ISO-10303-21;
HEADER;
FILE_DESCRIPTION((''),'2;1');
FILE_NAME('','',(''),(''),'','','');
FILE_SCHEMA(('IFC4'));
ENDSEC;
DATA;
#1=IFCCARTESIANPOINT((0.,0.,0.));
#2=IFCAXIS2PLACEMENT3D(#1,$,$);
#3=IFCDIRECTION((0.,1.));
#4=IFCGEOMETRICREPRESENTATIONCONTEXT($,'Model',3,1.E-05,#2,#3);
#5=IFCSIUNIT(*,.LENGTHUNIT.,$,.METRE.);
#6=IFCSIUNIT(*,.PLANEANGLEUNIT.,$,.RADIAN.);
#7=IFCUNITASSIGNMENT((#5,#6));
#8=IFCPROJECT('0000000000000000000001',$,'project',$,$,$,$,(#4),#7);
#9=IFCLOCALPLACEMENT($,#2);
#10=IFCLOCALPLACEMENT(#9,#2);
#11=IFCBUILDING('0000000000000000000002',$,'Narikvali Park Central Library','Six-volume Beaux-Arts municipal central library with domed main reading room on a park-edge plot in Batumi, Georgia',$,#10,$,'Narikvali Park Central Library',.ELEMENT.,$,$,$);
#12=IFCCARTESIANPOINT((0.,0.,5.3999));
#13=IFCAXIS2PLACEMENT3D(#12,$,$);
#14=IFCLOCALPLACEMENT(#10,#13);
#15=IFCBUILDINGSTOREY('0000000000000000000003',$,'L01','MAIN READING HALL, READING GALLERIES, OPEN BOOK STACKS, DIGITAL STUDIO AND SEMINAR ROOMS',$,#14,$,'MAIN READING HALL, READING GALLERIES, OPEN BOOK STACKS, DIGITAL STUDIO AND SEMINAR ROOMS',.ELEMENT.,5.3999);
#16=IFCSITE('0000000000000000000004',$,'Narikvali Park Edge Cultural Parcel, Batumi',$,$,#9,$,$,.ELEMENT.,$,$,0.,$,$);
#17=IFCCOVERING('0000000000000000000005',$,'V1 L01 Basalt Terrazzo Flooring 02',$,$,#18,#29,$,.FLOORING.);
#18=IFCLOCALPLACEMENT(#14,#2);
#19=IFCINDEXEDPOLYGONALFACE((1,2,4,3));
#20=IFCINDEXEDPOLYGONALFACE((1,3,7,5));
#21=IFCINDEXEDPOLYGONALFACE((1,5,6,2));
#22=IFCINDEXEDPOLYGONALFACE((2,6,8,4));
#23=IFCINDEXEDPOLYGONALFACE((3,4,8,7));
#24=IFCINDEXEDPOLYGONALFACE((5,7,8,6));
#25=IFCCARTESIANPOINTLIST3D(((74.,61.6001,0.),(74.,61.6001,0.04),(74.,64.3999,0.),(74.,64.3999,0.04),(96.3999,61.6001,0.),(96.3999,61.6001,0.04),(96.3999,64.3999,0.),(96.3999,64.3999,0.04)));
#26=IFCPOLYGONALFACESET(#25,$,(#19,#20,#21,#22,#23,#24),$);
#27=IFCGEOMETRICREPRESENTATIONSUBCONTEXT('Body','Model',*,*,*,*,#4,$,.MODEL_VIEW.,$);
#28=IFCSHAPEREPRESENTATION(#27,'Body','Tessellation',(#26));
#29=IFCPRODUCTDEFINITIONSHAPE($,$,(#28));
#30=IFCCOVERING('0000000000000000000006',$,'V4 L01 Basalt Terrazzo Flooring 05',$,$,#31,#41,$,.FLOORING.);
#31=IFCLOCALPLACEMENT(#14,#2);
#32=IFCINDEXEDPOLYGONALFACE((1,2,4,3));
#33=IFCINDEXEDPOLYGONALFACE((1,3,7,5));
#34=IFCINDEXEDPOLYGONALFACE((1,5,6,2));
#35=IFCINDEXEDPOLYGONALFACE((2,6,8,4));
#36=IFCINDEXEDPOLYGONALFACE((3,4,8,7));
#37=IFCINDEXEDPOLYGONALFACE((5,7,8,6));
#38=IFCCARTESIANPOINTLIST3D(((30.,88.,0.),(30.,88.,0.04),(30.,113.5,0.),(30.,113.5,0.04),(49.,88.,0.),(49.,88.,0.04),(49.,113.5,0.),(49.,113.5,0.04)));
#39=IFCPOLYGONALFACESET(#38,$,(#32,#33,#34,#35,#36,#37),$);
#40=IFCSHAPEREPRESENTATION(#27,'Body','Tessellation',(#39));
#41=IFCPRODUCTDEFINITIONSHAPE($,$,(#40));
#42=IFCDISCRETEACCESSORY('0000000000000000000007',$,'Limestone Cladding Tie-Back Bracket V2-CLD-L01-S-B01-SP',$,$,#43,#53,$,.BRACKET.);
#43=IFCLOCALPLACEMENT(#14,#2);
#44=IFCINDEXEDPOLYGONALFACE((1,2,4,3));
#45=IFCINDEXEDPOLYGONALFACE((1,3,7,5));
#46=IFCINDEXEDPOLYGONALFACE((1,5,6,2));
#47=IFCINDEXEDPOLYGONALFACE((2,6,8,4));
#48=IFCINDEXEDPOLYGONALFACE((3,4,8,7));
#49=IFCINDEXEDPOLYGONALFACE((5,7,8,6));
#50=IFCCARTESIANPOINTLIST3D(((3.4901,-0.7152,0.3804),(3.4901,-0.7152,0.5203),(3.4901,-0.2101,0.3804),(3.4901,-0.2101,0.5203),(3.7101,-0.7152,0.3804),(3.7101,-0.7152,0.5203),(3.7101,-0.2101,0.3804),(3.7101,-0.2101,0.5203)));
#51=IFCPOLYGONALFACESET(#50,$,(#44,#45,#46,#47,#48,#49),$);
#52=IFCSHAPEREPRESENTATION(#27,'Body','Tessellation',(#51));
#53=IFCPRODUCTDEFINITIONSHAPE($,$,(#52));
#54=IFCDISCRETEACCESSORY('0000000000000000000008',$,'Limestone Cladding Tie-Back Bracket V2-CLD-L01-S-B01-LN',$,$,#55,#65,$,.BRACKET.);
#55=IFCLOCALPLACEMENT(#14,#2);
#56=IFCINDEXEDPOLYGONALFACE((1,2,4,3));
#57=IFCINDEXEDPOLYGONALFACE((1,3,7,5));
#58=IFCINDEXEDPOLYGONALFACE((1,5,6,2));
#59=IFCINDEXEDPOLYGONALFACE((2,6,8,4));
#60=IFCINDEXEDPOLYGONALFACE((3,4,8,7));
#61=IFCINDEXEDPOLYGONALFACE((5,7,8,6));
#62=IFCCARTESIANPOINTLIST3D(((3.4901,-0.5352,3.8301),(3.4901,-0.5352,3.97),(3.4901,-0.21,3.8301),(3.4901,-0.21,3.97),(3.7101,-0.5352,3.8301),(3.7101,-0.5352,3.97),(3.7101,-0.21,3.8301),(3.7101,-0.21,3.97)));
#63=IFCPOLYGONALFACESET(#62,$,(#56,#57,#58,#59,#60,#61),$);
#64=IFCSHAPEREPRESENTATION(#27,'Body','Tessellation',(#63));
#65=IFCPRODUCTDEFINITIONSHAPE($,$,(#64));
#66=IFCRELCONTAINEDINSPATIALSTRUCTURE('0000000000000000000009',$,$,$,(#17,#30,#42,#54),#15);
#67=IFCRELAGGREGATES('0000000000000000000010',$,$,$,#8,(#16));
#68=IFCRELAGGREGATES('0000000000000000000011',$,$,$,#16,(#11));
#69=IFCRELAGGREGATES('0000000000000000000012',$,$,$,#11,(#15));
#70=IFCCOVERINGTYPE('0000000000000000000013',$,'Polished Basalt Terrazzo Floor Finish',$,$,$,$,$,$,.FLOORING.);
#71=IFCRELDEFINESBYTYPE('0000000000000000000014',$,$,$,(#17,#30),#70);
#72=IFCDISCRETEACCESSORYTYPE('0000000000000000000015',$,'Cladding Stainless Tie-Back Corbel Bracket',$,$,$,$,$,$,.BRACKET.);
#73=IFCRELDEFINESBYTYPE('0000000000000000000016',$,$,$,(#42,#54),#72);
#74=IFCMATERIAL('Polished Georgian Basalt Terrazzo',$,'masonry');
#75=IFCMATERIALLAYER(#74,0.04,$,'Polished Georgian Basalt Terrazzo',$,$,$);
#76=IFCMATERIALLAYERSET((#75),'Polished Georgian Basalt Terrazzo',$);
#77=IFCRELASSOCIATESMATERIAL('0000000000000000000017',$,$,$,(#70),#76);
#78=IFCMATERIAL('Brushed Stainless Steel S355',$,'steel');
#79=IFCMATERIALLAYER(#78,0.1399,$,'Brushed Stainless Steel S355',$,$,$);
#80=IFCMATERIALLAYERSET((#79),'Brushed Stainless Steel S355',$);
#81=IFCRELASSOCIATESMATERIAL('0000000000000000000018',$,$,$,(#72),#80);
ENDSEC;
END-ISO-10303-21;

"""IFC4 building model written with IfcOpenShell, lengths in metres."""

from ifc_helpers import new_model, si_unit, direction, frame, origin, origin_2d, place, context, subcontext, project, spatial, polyline, rectangle, outline, extrude, material, layer, layer_set, type_object, element, save


model = new_model("IFC4")

# Units and contexts
model_context = context("Model", 3, precision=1e-05, world=origin(), true_north=direction((0.0, 1.0)))
body_context = subcontext(model_context, "Body", "Model", "MODEL_VIEW")
ifc_project = project(units=[si_unit("LENGTHUNIT", "METRE"), si_unit("PLANEANGLEUNIT", "RADIAN")], contexts=[model_context])

# Site, building, storey
site_placement = place(None, origin())
site = spatial("IfcSite", under=ifc_project, at=site_placement, Name="Narikvali Park Edge Cultural Parcel, Batumi", CompositionType="ELEMENT", RefElevation=0.0)
building_placement = place(site_placement, origin())
building = spatial("IfcBuilding", under=site, at=building_placement, Name="Narikvali Park Central Library", Description="Six-volume Beaux-Arts municipal central library with domed main reading room on a park-edge plot in Batumi, Georgia", LongName="Narikvali Park Central Library", CompositionType="ELEMENT")
storey_placement = place(building_placement, frame((0.0, 0.0, 5.3999)))
storey = spatial("IfcBuildingStorey", under=building, at=storey_placement, Name="L01", Description="MAIN READING HALL, READING GALLERIES, OPEN BOOK STACKS, DIGITAL STUDIO AND SEMINAR ROOMS", LongName="MAIN READING HALL, READING GALLERIES, OPEN BOOK STACKS, DIGITAL STUDIO AND SEMINAR ROOMS", CompositionType="ELEMENT", Elevation=5.3999)

# Coverings
ifc_material_1 = material(Name="Polished Georgian Basalt Terrazzo", Category="masonry")
ifc_layer_1 = layer(ifc_material_1, 0.04, Name="Polished Georgian Basalt Terrazzo")
ifc_layer_set_1 = layer_set([ifc_layer_1], Name="Polished Georgian Basalt Terrazzo")
covering_type_1 = type_object("IfcCoveringType", Name="Polished Basalt Terrazzo Floor Finish", PredefinedType="FLOORING", material=ifc_layer_set_1)
covering_1_placement = place(storey_placement, origin())
element("IfcCovering", 1, at=covering_1_placement, inside=storey, type_object=covering_type_1, Name="V1 L01 Basalt Terrazzo Flooring 02", PredefinedType="FLOORING", context=body_context, shape_type="SweptSolid", body=[
    extrude(outline(polyline([(74.0, 61.6001), (96.3999, 61.6001), (96.3999, 64.3999), (74.0, 64.3999), (74.0, 61.6001)])), origin(), (0.0, 0.0, 1.0), 0.04),
])
covering_2_placement = place(storey_placement, origin())
element("IfcCovering", 2, at=covering_2_placement, inside=storey, type_object=covering_type_1, Name="V4 L01 Basalt Terrazzo Flooring 05", PredefinedType="FLOORING", context=body_context, shape_type="SweptSolid", body=[
    extrude(outline(polyline([(30.0, 88.0), (49.0, 88.0), (49.0, 113.5), (30.0, 113.5), (30.0, 88.0)])), origin(), (0.0, 0.0, 1.0), 0.04),
])

# Discrete accessories
ifc_material_2 = material(Name="Brushed Stainless Steel S355", Category="steel")
ifc_layer_2 = layer(ifc_material_2, 0.1399, Name="Brushed Stainless Steel S355")
ifc_layer_set_2 = layer_set([ifc_layer_2], Name="Brushed Stainless Steel S355")
discrete_accessory_type = type_object("IfcDiscreteAccessoryType", Name="Cladding Stainless Tie-Back Corbel Bracket", PredefinedType="BRACKET", material=ifc_layer_set_2)
discrete_accessory_1_placement = place(storey_placement, frame((3.6001, -0.4626, 0.3804), z_axis=(0.0, 0.0, 1.0), x_axis=(1.0, 0.0, 0.0)))
element("IfcDiscreteAccessory", 3, at=discrete_accessory_1_placement, inside=storey, type_object=discrete_accessory_type, Name="Limestone Cladding Tie-Back Bracket V2-CLD-L01-S-B01-SP", PredefinedType="BRACKET", context=body_context, shape_type="SweptSolid", body=[
    extrude(rectangle(XDim=0.22, YDim=0.5051, at=origin_2d()), origin(), (0.0, 0.0, 1.0), 0.1399),
])
discrete_accessory_2_placement = place(storey_placement, frame((3.6001, -0.3726, 3.8301), z_axis=(0.0, 0.0, 1.0), x_axis=(1.0, 0.0, 0.0)))
element("IfcDiscreteAccessory", 4, at=discrete_accessory_2_placement, inside=storey, type_object=discrete_accessory_type, Name="Limestone Cladding Tie-Back Bracket V2-CLD-L01-S-B01-LN", PredefinedType="BRACKET", context=body_context, shape_type="SweptSolid", body=[
    extrude(rectangle(XDim=0.22, YDim=0.3252, at=origin_2d()), origin(), (0.0, 0.0, 1.0), 0.1399),
])

save(model, "model.ifc")
